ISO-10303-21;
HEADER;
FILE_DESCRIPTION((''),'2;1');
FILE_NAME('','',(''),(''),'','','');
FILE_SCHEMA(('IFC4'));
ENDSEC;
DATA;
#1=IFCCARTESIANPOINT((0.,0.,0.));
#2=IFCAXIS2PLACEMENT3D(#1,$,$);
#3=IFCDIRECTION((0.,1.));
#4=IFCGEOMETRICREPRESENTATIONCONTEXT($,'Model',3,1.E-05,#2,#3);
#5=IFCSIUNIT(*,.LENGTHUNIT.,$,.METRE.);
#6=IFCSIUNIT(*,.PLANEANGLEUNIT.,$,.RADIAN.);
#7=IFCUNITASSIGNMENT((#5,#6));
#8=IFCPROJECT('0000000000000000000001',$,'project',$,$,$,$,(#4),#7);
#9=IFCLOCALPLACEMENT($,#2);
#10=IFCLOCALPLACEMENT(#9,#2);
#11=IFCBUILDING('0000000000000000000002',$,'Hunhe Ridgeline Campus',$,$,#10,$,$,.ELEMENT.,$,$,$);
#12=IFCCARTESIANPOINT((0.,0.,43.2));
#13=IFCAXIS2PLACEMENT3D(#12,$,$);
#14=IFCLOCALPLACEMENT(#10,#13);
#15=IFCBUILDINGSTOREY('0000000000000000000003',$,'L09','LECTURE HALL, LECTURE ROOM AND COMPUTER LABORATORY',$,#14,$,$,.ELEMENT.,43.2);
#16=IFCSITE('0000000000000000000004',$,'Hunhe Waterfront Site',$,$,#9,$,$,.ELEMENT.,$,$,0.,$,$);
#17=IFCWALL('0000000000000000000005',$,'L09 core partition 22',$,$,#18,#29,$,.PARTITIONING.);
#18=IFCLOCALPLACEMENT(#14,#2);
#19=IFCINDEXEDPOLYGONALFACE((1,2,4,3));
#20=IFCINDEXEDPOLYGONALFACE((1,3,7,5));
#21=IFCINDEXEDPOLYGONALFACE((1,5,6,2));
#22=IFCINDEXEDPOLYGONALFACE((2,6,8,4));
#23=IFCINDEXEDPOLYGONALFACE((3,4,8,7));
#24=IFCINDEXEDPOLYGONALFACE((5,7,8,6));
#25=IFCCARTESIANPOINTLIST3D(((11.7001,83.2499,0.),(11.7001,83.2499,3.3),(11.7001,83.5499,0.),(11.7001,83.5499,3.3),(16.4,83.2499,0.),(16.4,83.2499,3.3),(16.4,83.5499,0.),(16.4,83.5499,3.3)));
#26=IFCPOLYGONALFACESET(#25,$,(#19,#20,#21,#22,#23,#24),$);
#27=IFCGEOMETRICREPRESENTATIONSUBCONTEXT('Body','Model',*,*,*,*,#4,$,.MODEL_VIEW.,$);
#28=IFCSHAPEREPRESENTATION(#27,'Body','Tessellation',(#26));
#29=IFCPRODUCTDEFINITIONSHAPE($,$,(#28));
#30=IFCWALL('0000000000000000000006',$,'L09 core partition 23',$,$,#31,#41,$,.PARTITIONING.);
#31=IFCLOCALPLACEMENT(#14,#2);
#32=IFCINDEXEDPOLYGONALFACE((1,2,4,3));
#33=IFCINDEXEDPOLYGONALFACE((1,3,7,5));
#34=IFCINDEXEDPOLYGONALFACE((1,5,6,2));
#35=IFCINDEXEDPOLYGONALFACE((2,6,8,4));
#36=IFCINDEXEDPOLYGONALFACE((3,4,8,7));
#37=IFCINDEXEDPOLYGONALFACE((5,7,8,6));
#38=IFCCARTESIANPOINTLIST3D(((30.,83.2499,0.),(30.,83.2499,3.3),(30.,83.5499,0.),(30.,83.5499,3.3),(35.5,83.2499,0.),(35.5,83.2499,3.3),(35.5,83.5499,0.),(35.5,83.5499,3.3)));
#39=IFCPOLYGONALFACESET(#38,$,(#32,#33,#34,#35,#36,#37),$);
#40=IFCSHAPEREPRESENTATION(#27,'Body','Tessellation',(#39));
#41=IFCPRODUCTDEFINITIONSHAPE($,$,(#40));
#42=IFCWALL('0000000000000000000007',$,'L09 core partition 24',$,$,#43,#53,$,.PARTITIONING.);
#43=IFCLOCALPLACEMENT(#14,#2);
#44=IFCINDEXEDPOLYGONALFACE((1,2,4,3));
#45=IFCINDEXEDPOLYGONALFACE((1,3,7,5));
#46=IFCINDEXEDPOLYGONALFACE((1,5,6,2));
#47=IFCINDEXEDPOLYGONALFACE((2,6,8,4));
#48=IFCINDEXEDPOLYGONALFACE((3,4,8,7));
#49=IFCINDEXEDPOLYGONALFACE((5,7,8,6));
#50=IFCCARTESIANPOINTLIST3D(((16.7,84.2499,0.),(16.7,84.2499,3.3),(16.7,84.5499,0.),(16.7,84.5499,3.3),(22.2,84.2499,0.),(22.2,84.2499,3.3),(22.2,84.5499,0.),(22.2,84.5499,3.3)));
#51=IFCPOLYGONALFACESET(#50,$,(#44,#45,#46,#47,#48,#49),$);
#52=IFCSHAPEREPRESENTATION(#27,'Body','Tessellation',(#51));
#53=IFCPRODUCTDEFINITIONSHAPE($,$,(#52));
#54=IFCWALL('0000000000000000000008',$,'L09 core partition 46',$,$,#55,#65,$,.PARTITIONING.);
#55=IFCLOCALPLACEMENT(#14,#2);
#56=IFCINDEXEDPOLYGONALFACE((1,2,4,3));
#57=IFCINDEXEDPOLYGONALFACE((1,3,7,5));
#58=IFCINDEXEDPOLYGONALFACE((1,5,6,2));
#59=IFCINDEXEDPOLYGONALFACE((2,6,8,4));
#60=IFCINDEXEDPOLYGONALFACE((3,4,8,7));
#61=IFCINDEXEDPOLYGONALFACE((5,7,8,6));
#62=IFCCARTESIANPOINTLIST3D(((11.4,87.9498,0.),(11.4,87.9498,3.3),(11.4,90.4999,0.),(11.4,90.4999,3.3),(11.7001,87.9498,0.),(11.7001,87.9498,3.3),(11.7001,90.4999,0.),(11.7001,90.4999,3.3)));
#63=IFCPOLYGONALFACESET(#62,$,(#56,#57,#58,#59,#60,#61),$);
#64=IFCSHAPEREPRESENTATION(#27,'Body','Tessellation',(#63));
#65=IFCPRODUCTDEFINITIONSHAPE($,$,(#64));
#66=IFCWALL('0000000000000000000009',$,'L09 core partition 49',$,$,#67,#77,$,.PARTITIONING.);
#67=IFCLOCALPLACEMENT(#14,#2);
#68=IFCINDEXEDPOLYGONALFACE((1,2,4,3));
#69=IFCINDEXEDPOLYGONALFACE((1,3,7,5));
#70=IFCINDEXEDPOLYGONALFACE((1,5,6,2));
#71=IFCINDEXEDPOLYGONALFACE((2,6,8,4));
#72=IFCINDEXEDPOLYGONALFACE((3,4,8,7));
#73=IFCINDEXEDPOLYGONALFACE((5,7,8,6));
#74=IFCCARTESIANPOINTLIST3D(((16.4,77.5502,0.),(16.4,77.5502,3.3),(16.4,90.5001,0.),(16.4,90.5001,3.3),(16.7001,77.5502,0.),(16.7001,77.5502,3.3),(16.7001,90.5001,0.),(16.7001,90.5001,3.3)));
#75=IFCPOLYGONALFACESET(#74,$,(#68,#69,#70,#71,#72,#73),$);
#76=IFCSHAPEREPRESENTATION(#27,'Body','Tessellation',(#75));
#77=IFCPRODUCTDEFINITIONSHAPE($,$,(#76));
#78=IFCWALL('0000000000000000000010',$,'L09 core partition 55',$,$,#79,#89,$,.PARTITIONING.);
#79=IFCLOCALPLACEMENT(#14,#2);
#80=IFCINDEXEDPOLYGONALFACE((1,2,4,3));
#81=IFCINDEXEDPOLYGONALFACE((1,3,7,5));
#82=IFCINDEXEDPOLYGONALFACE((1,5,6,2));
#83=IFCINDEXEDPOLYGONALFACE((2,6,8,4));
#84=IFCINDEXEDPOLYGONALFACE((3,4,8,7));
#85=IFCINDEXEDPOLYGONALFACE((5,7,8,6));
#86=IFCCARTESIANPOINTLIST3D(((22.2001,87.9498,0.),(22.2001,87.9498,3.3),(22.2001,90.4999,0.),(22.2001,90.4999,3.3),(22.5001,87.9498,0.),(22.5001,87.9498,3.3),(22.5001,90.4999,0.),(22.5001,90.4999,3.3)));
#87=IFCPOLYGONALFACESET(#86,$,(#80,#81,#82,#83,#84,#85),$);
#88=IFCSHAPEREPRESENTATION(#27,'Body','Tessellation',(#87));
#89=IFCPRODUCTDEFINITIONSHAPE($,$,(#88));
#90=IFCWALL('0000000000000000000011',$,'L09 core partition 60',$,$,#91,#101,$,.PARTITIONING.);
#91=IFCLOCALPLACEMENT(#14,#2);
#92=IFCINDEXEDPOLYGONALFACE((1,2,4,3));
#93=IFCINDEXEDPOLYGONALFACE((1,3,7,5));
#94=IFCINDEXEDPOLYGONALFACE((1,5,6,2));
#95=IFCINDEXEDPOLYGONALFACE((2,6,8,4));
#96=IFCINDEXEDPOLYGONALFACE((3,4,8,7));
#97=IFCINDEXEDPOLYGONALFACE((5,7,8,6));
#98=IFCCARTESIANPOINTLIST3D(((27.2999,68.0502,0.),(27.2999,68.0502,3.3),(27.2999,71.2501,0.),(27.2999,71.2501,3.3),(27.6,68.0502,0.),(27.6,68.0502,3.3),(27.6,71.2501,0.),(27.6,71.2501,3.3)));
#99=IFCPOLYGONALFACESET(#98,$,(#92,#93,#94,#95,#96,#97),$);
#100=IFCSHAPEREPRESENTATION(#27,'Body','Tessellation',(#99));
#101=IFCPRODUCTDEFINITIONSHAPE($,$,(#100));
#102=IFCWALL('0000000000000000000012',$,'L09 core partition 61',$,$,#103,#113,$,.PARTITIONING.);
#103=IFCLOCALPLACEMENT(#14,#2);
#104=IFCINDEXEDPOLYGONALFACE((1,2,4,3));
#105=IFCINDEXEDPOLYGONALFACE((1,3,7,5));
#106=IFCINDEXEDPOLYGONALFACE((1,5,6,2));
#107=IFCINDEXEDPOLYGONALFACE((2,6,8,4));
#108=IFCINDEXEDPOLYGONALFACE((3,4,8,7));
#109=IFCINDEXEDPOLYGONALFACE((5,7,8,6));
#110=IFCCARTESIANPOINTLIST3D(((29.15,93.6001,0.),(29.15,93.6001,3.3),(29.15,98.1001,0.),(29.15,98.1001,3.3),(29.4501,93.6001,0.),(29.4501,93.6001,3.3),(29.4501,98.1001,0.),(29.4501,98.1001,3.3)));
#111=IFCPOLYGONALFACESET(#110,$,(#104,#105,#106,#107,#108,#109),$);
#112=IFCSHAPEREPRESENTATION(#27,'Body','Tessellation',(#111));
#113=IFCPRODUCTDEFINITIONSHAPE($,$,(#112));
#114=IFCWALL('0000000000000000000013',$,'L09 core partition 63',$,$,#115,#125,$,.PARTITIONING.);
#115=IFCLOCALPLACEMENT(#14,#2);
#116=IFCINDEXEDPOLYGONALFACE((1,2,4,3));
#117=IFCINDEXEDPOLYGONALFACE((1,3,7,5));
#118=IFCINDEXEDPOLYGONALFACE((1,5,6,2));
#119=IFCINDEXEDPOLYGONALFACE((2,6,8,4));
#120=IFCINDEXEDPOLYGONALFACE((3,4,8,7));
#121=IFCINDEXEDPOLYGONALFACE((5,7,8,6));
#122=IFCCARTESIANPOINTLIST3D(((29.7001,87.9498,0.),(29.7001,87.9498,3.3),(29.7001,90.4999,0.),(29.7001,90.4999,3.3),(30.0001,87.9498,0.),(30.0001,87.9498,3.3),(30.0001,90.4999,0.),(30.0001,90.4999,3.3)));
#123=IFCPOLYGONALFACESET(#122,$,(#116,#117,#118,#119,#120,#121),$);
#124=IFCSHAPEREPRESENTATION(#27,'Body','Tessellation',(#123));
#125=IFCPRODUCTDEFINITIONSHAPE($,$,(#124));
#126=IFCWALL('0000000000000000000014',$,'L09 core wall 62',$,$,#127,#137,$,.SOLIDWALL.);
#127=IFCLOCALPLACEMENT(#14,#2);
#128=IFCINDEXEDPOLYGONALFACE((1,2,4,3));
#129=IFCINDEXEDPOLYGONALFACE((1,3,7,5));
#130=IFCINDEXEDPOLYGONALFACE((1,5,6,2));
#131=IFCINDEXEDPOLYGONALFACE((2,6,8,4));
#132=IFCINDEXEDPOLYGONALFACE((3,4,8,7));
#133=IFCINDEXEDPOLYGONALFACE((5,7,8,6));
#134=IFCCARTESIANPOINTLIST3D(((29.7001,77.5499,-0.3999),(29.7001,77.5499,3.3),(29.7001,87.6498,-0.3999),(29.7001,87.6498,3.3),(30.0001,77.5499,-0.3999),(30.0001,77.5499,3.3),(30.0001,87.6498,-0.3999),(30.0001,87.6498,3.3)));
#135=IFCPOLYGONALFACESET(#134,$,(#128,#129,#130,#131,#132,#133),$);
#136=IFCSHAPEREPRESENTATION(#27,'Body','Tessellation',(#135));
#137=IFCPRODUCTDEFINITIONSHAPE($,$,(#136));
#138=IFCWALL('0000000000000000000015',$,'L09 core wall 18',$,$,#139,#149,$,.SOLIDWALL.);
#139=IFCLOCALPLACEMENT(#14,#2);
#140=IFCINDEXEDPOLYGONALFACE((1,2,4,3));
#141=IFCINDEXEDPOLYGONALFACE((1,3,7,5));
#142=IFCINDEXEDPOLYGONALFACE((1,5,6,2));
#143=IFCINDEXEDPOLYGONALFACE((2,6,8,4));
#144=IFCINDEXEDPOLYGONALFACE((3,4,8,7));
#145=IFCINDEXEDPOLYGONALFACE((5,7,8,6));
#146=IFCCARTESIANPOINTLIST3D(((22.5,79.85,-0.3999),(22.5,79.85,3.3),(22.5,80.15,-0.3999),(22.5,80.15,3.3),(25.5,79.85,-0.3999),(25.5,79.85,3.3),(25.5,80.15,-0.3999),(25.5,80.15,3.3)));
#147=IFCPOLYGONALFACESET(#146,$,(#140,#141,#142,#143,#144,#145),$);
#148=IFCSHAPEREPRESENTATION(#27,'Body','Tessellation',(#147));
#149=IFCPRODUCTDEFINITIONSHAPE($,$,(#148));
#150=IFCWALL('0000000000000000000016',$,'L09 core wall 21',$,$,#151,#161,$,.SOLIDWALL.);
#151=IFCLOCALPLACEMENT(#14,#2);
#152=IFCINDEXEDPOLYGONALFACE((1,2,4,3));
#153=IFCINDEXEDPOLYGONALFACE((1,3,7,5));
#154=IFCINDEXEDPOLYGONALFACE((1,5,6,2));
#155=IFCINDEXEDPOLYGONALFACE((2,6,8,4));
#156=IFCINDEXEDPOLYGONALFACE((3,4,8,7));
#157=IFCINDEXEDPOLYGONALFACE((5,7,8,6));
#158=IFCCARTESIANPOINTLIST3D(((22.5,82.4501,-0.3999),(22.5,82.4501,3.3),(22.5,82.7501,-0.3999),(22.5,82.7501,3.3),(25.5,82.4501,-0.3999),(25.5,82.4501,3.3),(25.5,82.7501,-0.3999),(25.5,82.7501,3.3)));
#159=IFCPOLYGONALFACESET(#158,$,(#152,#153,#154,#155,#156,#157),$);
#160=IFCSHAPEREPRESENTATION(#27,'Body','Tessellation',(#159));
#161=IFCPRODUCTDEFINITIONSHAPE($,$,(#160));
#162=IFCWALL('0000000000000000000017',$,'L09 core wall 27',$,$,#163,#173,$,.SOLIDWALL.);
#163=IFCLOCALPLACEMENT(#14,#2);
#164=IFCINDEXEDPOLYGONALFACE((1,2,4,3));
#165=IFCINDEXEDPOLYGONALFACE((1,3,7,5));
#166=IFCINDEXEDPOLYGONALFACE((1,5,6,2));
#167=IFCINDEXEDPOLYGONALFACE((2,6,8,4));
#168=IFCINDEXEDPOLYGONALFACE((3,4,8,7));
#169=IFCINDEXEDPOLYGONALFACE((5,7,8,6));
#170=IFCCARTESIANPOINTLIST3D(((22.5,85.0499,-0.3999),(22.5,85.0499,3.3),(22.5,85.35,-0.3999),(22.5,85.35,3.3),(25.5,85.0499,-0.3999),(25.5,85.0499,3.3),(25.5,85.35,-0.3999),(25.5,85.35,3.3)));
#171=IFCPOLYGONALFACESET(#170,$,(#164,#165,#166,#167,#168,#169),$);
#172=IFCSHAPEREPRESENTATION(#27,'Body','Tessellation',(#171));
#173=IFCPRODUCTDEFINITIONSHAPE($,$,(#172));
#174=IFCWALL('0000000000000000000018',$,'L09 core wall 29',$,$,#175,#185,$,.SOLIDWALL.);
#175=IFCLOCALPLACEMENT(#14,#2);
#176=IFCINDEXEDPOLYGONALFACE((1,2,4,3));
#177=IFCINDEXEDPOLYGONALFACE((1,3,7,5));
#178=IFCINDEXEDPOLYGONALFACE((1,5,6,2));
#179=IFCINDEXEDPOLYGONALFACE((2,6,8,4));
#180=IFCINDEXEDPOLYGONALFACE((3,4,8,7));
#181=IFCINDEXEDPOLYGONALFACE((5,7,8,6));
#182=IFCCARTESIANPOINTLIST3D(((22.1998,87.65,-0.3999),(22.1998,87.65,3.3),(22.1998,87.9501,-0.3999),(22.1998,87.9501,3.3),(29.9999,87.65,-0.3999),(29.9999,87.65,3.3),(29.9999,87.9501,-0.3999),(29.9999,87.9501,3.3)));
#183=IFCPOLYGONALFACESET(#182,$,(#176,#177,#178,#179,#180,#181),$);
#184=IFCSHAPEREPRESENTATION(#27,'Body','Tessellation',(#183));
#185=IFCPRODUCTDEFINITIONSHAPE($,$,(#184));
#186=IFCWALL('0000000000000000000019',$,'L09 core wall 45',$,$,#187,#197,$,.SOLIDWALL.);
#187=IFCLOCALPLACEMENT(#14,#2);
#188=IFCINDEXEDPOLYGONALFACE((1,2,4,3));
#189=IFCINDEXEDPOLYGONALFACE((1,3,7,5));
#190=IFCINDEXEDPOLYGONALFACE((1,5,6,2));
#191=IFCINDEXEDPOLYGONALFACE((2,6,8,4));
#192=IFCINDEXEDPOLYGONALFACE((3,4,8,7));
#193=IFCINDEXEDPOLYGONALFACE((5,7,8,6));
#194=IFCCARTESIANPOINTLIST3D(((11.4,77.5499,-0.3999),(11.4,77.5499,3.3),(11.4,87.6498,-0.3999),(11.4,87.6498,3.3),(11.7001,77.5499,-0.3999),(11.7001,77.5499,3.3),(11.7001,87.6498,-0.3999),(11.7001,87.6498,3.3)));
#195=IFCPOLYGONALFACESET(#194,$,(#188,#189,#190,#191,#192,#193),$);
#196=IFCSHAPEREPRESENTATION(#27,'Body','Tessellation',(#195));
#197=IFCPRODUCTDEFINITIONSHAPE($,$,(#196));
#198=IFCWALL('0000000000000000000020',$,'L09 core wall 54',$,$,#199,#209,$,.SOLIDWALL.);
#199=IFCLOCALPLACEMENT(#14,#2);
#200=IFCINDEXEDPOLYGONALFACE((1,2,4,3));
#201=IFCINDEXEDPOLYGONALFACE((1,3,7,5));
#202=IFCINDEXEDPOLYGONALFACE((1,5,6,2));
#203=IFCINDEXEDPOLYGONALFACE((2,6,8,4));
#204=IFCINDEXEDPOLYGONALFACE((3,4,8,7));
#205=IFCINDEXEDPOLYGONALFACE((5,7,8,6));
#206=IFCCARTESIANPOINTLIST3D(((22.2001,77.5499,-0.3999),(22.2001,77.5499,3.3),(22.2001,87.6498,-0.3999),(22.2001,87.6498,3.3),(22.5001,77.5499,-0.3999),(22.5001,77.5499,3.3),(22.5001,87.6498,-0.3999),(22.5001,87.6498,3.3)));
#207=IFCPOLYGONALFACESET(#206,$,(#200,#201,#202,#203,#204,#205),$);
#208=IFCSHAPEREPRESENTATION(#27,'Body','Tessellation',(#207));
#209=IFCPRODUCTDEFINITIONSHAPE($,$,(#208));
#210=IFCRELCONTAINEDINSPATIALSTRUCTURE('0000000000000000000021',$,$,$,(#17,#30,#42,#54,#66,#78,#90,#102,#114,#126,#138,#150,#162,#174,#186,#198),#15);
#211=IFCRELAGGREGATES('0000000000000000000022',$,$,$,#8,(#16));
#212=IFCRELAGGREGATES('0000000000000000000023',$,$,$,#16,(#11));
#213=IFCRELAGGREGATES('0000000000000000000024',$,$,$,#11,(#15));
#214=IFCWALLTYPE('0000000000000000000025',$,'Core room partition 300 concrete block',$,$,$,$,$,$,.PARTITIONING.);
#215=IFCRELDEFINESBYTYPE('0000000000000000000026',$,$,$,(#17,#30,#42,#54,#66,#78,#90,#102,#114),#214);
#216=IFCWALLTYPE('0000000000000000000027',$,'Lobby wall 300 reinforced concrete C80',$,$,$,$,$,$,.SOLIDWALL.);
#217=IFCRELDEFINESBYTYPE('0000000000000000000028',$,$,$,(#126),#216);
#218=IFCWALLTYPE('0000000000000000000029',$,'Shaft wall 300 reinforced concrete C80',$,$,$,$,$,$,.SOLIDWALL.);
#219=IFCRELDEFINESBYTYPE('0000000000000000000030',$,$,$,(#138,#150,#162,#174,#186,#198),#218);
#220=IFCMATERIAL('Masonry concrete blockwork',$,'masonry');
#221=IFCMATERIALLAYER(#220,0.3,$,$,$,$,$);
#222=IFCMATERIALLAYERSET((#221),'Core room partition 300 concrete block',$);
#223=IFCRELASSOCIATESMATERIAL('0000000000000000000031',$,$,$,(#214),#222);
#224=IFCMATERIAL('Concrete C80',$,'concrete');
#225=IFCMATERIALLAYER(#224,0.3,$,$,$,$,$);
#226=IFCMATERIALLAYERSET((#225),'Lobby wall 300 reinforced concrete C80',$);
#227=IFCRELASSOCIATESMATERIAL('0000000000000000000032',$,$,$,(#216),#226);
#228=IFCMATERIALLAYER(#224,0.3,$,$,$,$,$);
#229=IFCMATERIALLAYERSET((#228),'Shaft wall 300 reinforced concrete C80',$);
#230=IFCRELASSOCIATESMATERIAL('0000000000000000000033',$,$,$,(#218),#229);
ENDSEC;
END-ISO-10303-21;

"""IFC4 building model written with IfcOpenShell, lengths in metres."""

from ifc_helpers import new_model, si_unit, direction, frame, frame_2d, origin, place, context, subcontext, project, spatial, rectangle, extrude, material, layer, layer_set, type_object, element, save


model = new_model("IFC4")

# Units and contexts
model_context = context("Model", 3, precision=1e-05, world=origin(), true_north=direction((0.0, 1.0)))
body_context = subcontext(model_context, "Body", "Model", "MODEL_VIEW")
ifc_project = project(units=[si_unit("LENGTHUNIT", "METRE"), si_unit("PLANEANGLEUNIT", "RADIAN")], contexts=[model_context])

# Site, building, storey
site_placement = place(None, origin())
site = spatial("IfcSite", under=ifc_project, at=site_placement, Name="Hunhe Waterfront Site", CompositionType="ELEMENT", RefElevation=0.0)
building_placement = place(site_placement, origin())
building = spatial("IfcBuilding", under=site, at=building_placement, Name="Hunhe Ridgeline Campus", CompositionType="ELEMENT")
storey_placement = place(building_placement, frame((0.0, 0.0, 43.2)))
storey = spatial("IfcBuildingStorey", under=building, at=storey_placement, Name="L09", Description="LECTURE HALL, LECTURE ROOM AND COMPUTER LABORATORY", CompositionType="ELEMENT", Elevation=43.2)

# Shared definitions
ifc_material_1 = material(Name="Masonry concrete blockwork", Category="masonry")
ifc_layer_1 = layer(ifc_material_1, 0.3)
ifc_layer_set_1 = layer_set([ifc_layer_1], Name="Core room partition 300 concrete block")
wall_type_1 = type_object("IfcWallType", Name="Core room partition 300 concrete block", PredefinedType="PARTITIONING", material=ifc_layer_set_1)

# Walls
wall_1_placement = place(storey_placement, frame((11.7, 83.3999, 0.0), z_axis=(0.0, 0.0, 1.0), x_axis=(1.0, 0.0, 0.0)))
element("IfcWall", 1, at=wall_1_placement, inside=storey, type_object=wall_type_1, Name="L09 core partition 22", PredefinedType="PARTITIONING", context=body_context, shape_type="SweptSolid", body=[
    extrude(rectangle(XDim=4.7, YDim=0.3, at=frame_2d((2.3501, 0.0))), origin(), (0.0, 0.0, 1.0), 3.3),
])
for number, where, z_axis, x_axis, name in (
    (2, (30.0, 83.3999, 0.0), (0.0, 0.0, 1.0), (1.0, 0.0, 0.0), "L09 core partition 23"),
    (3, (16.7, 84.3999, 0.0), (0.0, 0.0, 1.0), (1.0, 0.0, 0.0), "L09 core partition 24"),
):
    element("IfcWall", number, at=place(storey_placement, frame(where, z_axis=z_axis, x_axis=x_axis)), inside=storey, type_object=wall_type_1, Name=name, PredefinedType="PARTITIONING", context=body_context, shape_type="SweptSolid", body=[
        extrude(rectangle(XDim=5.5, YDim=0.3, at=frame_2d((2.75, 0.0))), origin(), (0.0, 0.0, 1.0), 3.3),
    ])
wall_2_placement = place(storey_placement, frame((11.55, 87.95, 0.0), z_axis=(0.0, 0.0, 1.0), x_axis=(0.0, 1.0, 0.0)))
element("IfcWall", 4, at=wall_2_placement, inside=storey, type_object=wall_type_1, Name="L09 core partition 46", PredefinedType="PARTITIONING", context=body_context, shape_type="SweptSolid", body=[
    extrude(rectangle(XDim=2.55, YDim=0.3, at=frame_2d((1.2749, 0.0))), origin(), (0.0, 0.0, 1.0), 3.3),
])
wall_3_placement = place(storey_placement, frame((16.55, 77.55, 0.0), z_axis=(0.0, 0.0, 1.0), x_axis=(0.0, 1.0, 0.0)))
element("IfcWall", 5, at=wall_3_placement, inside=storey, type_object=wall_type_1, Name="L09 core partition 49", PredefinedType="PARTITIONING", context=body_context, shape_type="SweptSolid", body=[
    extrude(rectangle(XDim=12.95, YDim=0.3, at=frame_2d((6.4751, 0.0))), origin(), (0.0, 0.0, 1.0), 3.3),
])
wall_4_placement = place(storey_placement, frame((22.3501, 87.95, 0.0), z_axis=(0.0, 0.0, 1.0), x_axis=(0.0, 1.0, 0.0)))
element("IfcWall", 6, at=wall_4_placement, inside=storey, type_object=wall_type_1, Name="L09 core partition 55", PredefinedType="PARTITIONING", context=body_context, shape_type="SweptSolid", body=[
    extrude(rectangle(XDim=2.55, YDim=0.3, at=frame_2d((1.2749, 0.0))), origin(), (0.0, 0.0, 1.0), 3.3),
])
wall_5_placement = place(storey_placement, frame((27.45, 68.05, 0.0), z_axis=(0.0, 0.0, 1.0), x_axis=(0.0, 1.0, 0.0)))
element("IfcWall", 7, at=wall_5_placement, inside=storey, type_object=wall_type_1, Name="L09 core partition 60", PredefinedType="PARTITIONING", context=body_context, shape_type="SweptSolid", body=[
    extrude(rectangle(XDim=3.2, YDim=0.3, at=frame_2d((1.6001, 0.0))), origin(), (0.0, 0.0, 1.0), 3.3),
])
wall_6_placement = place(storey_placement, frame((29.3, 93.6001, 0.0), z_axis=(0.0, 0.0, 1.0), x_axis=(0.0, 1.0, 0.0)))
element("IfcWall", 8, at=wall_6_placement, inside=storey, type_object=wall_type_1, Name="L09 core partition 61", PredefinedType="PARTITIONING", context=body_context, shape_type="SweptSolid", body=[
    extrude(rectangle(XDim=4.5, YDim=0.3, at=frame_2d((2.25, 0.0))), origin(), (0.0, 0.0, 1.0), 3.3),
])
wall_7_placement = place(storey_placement, frame((29.8501, 87.95, 0.0), z_axis=(0.0, 0.0, 1.0), x_axis=(0.0, 1.0, 0.0)))
element("IfcWall", 9, at=wall_7_placement, inside=storey, type_object=wall_type_1, Name="L09 core partition 63", PredefinedType="PARTITIONING", context=body_context, shape_type="SweptSolid", body=[
    extrude(rectangle(XDim=2.55, YDim=0.3, at=frame_2d((1.2749, 0.0))), origin(), (0.0, 0.0, 1.0), 3.3),
])
ifc_material_2 = material(Name="Concrete C80", Category="concrete")
ifc_layer_2 = layer(ifc_material_2, 0.3)
ifc_layer_set_2 = layer_set([ifc_layer_2], Name="Lobby wall 300 reinforced concrete C80")
wall_type_2 = type_object("IfcWallType", Name="Lobby wall 300 reinforced concrete C80", PredefinedType="SOLIDWALL", material=ifc_layer_set_2)
wall_8_placement = place(storey_placement, frame((29.8501, 77.55, -0.3999), z_axis=(0.0, 0.0, 1.0), x_axis=(0.0, 1.0, 0.0)))
element("IfcWall", 10, at=wall_8_placement, inside=storey, type_object=wall_type_2, Name="L09 core wall 62", PredefinedType="SOLIDWALL", context=body_context, shape_type="SweptSolid", body=[
    extrude(rectangle(XDim=10.0999, YDim=0.3, at=frame_2d((5.0498, 0.0))), origin(), (0.0, 0.0, 1.0), 3.7),
])
ifc_layer_3 = layer(ifc_material_2, 0.3)
ifc_layer_set_3 = layer_set([ifc_layer_3], Name="Shaft wall 300 reinforced concrete C80")
wall_type_3 = type_object("IfcWallType", Name="Shaft wall 300 reinforced concrete C80", PredefinedType="SOLIDWALL", material=ifc_layer_set_3)
for number, where, z_axis, x_axis, name in (
    (11, (22.5, 80.0, -0.3999), (0.0, 0.0, 1.0), (1.0, 0.0, 0.0), "L09 core wall 18"),
    (12, (22.5, 82.6001, -0.3999), (0.0, 0.0, 1.0), (1.0, 0.0, 0.0), "L09 core wall 21"),
    (13, (22.5, 85.2, -0.3999), (0.0, 0.0, 1.0), (1.0, 0.0, 0.0), "L09 core wall 27"),
):
    element("IfcWall", number, at=place(storey_placement, frame(where, z_axis=z_axis, x_axis=x_axis)), inside=storey, type_object=wall_type_3, Name=name, PredefinedType="SOLIDWALL", context=body_context, shape_type="SweptSolid", body=[
        extrude(rectangle(XDim=3.0, YDim=0.3, at=frame_2d((1.5, 0.0))), origin(), (0.0, 0.0, 1.0), 3.7),
    ])
wall_9_placement = place(storey_placement, frame((22.2, 87.8, -0.3999), z_axis=(0.0, 0.0, 1.0), x_axis=(1.0, 0.0, 0.0)))
element("IfcWall", 14, at=wall_9_placement, inside=storey, type_object=wall_type_3, Name="L09 core wall 29", PredefinedType="SOLIDWALL", context=body_context, shape_type="SweptSolid", body=[
    extrude(rectangle(XDim=7.8, YDim=0.3, at=frame_2d((3.8999, 0.0))), origin(), (0.0, 0.0, 1.0), 3.7),
])
for number, where, z_axis, x_axis, name in (
    (15, (11.55, 77.55, -0.3999), (0.0, 0.0, 1.0), (0.0, 1.0, 0.0), "L09 core wall 45"),
    (16, (22.3501, 77.55, -0.3999), (0.0, 0.0, 1.0), (0.0, 1.0, 0.0), "L09 core wall 54"),
):
    element("IfcWall", number, at=place(storey_placement, frame(where, z_axis=z_axis, x_axis=x_axis)), inside=storey, type_object=wall_type_3, Name=name, PredefinedType="SOLIDWALL", context=body_context, shape_type="SweptSolid", body=[
        extrude(rectangle(XDim=10.0999, YDim=0.3, at=frame_2d((5.0498, 0.0))), origin(), (0.0, 0.0, 1.0), 3.7),
    ])

save(model, "model.ifc")
